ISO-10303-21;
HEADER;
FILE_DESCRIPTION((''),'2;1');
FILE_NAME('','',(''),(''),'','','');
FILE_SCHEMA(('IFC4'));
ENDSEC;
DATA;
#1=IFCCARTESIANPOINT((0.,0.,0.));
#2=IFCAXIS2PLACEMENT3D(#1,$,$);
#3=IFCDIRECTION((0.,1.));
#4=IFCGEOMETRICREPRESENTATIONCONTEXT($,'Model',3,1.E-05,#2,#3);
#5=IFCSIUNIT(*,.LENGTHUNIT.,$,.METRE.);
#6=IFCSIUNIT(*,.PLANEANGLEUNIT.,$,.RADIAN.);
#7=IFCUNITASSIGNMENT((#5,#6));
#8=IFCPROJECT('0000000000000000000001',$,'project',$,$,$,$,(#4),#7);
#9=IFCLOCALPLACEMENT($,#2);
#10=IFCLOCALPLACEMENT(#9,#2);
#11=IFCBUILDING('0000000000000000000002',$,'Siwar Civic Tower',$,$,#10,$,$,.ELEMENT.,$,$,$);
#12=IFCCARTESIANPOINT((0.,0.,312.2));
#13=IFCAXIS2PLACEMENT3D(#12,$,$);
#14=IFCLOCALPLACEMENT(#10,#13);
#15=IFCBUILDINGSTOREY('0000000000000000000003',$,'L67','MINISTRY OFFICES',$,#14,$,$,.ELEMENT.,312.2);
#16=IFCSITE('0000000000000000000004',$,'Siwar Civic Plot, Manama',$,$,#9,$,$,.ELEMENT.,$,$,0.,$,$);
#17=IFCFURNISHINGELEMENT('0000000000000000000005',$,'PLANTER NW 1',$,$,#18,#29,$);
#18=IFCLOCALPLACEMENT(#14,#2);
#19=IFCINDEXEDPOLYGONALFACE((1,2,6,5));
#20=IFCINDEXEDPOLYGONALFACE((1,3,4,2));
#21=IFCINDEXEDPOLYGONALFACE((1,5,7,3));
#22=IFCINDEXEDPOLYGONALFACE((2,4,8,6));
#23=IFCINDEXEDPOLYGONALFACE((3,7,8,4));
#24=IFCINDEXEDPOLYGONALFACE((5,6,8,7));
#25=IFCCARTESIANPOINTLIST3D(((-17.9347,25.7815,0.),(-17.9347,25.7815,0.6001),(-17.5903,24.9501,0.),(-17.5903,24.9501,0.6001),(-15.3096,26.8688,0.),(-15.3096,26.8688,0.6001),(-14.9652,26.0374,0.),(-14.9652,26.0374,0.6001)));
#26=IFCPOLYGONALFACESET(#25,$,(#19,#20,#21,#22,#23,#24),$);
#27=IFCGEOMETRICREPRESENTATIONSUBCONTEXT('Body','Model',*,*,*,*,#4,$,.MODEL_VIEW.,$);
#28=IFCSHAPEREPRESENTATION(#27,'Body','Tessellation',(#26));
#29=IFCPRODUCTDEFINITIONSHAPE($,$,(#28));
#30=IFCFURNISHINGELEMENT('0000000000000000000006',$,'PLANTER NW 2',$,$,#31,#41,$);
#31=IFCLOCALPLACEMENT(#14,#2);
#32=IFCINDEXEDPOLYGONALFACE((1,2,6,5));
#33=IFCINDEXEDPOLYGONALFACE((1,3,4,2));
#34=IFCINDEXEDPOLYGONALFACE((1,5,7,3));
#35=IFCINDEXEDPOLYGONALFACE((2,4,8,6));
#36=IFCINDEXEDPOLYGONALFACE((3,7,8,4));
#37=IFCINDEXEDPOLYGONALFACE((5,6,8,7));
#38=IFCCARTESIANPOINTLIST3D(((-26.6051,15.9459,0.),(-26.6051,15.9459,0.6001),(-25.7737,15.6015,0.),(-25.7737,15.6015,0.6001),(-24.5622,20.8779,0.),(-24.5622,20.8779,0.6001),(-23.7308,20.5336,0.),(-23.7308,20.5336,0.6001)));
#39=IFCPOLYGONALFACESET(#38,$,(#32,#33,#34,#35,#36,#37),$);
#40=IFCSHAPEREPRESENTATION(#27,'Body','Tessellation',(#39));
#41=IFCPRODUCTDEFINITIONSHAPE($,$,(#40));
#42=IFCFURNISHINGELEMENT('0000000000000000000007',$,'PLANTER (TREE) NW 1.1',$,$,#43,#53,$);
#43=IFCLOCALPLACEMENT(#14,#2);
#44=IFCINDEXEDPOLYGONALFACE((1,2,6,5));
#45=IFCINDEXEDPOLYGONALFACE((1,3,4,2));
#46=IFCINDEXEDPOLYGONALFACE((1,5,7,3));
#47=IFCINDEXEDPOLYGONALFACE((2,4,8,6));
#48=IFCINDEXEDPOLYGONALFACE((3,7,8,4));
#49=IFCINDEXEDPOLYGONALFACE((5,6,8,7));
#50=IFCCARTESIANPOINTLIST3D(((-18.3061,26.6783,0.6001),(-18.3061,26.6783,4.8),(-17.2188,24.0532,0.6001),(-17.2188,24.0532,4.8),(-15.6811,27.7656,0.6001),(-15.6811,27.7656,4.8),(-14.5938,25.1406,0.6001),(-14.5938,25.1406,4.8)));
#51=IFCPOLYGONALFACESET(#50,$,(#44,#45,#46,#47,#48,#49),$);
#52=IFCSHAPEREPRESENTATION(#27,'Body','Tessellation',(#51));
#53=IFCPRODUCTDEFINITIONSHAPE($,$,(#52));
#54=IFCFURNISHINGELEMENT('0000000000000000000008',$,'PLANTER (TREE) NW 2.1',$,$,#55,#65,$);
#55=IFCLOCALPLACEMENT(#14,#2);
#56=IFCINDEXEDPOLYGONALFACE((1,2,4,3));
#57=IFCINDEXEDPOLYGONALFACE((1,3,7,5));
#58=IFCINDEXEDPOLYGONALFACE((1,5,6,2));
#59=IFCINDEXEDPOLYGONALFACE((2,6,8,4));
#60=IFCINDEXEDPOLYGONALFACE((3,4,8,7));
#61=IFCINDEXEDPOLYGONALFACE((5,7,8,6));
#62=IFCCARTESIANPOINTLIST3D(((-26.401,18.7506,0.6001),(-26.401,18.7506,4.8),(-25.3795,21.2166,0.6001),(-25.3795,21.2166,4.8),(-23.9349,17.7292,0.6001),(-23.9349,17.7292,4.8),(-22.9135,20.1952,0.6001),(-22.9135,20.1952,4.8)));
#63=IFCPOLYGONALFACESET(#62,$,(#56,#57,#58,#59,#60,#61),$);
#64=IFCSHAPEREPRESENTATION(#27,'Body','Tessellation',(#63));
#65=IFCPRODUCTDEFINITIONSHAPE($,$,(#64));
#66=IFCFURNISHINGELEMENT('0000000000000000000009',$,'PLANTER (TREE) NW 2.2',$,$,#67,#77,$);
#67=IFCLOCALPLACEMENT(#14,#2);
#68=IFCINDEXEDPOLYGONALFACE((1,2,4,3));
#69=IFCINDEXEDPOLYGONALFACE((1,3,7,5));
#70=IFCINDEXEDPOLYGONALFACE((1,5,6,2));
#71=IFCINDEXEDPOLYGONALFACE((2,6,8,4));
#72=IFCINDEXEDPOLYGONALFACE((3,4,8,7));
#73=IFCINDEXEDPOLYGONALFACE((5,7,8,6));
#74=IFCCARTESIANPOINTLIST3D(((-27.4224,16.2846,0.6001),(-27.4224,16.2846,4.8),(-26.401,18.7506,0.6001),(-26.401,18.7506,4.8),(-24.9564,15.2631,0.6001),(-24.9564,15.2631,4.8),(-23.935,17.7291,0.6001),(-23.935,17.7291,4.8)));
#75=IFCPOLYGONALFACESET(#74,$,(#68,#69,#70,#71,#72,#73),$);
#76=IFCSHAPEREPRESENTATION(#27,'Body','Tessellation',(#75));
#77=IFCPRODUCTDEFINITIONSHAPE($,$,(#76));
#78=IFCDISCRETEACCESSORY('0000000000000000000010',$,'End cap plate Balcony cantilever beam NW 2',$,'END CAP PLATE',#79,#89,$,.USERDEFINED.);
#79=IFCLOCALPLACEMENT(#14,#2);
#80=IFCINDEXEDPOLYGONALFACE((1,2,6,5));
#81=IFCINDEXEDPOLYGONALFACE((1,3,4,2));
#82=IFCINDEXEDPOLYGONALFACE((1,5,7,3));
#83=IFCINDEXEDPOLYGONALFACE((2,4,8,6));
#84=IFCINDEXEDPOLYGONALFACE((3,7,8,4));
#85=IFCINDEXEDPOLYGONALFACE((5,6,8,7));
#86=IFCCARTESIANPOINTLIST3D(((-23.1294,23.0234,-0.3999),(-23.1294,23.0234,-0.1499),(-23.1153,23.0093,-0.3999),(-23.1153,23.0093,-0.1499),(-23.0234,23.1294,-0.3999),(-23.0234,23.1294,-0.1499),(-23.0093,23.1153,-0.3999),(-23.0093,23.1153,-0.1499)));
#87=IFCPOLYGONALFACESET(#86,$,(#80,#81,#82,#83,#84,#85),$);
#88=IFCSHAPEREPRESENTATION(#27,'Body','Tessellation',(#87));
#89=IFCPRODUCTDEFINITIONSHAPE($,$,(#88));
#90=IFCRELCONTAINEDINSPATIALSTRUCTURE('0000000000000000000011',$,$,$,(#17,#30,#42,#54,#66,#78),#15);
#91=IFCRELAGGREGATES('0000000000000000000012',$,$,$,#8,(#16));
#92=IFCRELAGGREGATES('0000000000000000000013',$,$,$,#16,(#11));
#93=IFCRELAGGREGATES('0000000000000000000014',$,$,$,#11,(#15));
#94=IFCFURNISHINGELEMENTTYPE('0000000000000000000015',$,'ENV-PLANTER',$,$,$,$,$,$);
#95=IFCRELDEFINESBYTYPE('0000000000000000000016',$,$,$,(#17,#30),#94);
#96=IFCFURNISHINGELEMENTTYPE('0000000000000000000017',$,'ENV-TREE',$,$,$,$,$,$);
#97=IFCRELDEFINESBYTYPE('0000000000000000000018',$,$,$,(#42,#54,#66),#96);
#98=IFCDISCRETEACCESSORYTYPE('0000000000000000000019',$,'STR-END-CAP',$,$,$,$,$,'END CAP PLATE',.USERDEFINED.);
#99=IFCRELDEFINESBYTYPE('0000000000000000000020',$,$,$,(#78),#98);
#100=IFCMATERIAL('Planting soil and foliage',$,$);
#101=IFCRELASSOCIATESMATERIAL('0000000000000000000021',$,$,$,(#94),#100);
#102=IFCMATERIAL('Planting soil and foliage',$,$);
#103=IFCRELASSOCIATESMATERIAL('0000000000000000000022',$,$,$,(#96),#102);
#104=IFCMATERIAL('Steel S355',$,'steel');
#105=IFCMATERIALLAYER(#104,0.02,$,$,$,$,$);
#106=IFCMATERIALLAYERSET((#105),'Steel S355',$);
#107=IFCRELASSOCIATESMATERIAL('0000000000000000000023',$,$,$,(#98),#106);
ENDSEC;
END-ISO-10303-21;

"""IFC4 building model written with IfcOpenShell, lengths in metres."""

from ifc_helpers import new_model, si_unit, direction, frame, origin, origin_2d, place, context, subcontext, project, spatial, rectangle, extrude, material, layer, layer_set, type_object, element, save


model = new_model("IFC4")

# Units and contexts
model_context = context("Model", 3, precision=1e-05, world=origin(), true_north=direction((0.0, 1.0)))
body_context = subcontext(model_context, "Body", "Model", "MODEL_VIEW")
ifc_project = project(units=[si_unit("LENGTHUNIT", "METRE"), si_unit("PLANEANGLEUNIT", "RADIAN")], contexts=[model_context])

# Site, building, storey
site_placement = place(None, origin())
site = spatial("IfcSite", under=ifc_project, at=site_placement, Name="Siwar Civic Plot, Manama", CompositionType="ELEMENT", RefElevation=0.0)
building_placement = place(site_placement, origin())
building = spatial("IfcBuilding", under=site, at=building_placement, Name="Siwar Civic Tower", CompositionType="ELEMENT")
storey_placement = place(building_placement, frame((0.0, 0.0, 312.2)))
storey = spatial("IfcBuildingStorey", under=building, at=storey_placement, Name="L67", Description="MINISTRY OFFICES", CompositionType="ELEMENT", Elevation=312.2)

# Furnishing elements
ifc_material_1 = material(Name="Planting soil and foliage")
furnishing_element_type_1 = type_object("IfcFurnishingElementType", Name="ENV-PLANTER", material=ifc_material_1)
furnishing_1_placement = place(storey_placement, frame((-16.45, 25.9094, 0.0), z_axis=(0.0, 0.0, 1.0), x_axis=(-0.92388, -0.382683, 0.0)))
element("IfcFurnishingElement", 1, at=furnishing_1_placement, inside=storey, type_object=furnishing_element_type_1, Name="PLANTER NW 1", context=body_context, shape_type="SweptSolid", body=[
    extrude(rectangle(XDim=2.8413, YDim=0.8999, at=origin_2d()), origin(), (0.0, 0.0, 1.0), 0.6001),
])
furnishing_2_placement = place(storey_placement, frame((-25.168, 18.2397, 0.0), z_axis=(0.0, 0.0, 1.0), x_axis=(-0.382683, -0.92388, 0.0)))
element("IfcFurnishingElement", 2, at=furnishing_2_placement, inside=storey, type_object=furnishing_element_type_1, Name="PLANTER NW 2", context=body_context, shape_type="SweptSolid", body=[
    extrude(rectangle(XDim=5.3384, YDim=0.8999, at=origin_2d()), origin(), (0.0, 0.0, 1.0), 0.6001),
])
ifc_material_2 = material(Name="Planting soil and foliage")
furnishing_element_type_2 = type_object("IfcFurnishingElementType", Name="ENV-TREE", material=ifc_material_2)
furnishing_3_placement = place(storey_placement, frame((-16.45, 25.9094, 0.6001), z_axis=(0.0, 0.0, 1.0), x_axis=(-0.92388, -0.382683, 0.0)))
element("IfcFurnishingElement", 3, at=furnishing_3_placement, inside=storey, type_object=furnishing_element_type_2, Name="PLANTER (TREE) NW 1.1", context=body_context, shape_type="SweptSolid", body=[
    extrude(rectangle(XDim=2.8413, YDim=2.8413, at=origin_2d()), origin(), (0.0, 0.0, 1.0), 4.2),
])
for number, where, z_axis, x_axis, name in (
    (4, (-24.6572, 19.4729, 0.6001), (0.0, 0.0, 1.0), (-0.382683, -0.92388, 0.0), "PLANTER (TREE) NW 2.1"),
    (5, (-25.6787, 17.0068, 0.6001), (0.0, 0.0, 1.0), (-0.382683, -0.92388, 0.0), "PLANTER (TREE) NW 2.2"),
):
    element("IfcFurnishingElement", number, at=place(storey_placement, frame(where, z_axis=z_axis, x_axis=x_axis)), inside=storey, type_object=furnishing_element_type_2, Name=name, context=body_context, shape_type="SweptSolid", body=[
        extrude(rectangle(XDim=2.6692, YDim=2.6692, at=origin_2d()), origin(), (0.0, 0.0, 1.0), 4.2),
    ])

# Discrete accessory
ifc_material_3 = material(Name="Steel S355", Category="steel")
ifc_layer_1 = layer(ifc_material_3, 0.02)
ifc_layer_set_1 = layer_set([ifc_layer_1], Name="Steel S355")
discrete_accessory_type = type_object("IfcDiscreteAccessoryType", Name="STR-END-CAP", ElementType="END CAP PLATE", PredefinedType="USERDEFINED", material=ifc_layer_set_1)
discrete_accessory_placement = place(storey_placement, frame((-23.0693, 23.0693, -0.3999), z_axis=(0.0, 0.0, 1.0), x_axis=(-0.707107, 0.707107, 0.0)))
element("IfcDiscreteAccessory", 6, at=discrete_accessory_placement, inside=storey, type_object=discrete_accessory_type, Name="End cap plate Balcony cantilever beam NW 2", ObjectType="END CAP PLATE", PredefinedType="USERDEFINED", context=body_context, shape_type="SweptSolid", body=[
    extrude(rectangle(XDim=0.02, YDim=0.1499, at=origin_2d()), origin(), (0.0, 0.0, 1.0), 0.25),
])

save(model, "model.ifc")
